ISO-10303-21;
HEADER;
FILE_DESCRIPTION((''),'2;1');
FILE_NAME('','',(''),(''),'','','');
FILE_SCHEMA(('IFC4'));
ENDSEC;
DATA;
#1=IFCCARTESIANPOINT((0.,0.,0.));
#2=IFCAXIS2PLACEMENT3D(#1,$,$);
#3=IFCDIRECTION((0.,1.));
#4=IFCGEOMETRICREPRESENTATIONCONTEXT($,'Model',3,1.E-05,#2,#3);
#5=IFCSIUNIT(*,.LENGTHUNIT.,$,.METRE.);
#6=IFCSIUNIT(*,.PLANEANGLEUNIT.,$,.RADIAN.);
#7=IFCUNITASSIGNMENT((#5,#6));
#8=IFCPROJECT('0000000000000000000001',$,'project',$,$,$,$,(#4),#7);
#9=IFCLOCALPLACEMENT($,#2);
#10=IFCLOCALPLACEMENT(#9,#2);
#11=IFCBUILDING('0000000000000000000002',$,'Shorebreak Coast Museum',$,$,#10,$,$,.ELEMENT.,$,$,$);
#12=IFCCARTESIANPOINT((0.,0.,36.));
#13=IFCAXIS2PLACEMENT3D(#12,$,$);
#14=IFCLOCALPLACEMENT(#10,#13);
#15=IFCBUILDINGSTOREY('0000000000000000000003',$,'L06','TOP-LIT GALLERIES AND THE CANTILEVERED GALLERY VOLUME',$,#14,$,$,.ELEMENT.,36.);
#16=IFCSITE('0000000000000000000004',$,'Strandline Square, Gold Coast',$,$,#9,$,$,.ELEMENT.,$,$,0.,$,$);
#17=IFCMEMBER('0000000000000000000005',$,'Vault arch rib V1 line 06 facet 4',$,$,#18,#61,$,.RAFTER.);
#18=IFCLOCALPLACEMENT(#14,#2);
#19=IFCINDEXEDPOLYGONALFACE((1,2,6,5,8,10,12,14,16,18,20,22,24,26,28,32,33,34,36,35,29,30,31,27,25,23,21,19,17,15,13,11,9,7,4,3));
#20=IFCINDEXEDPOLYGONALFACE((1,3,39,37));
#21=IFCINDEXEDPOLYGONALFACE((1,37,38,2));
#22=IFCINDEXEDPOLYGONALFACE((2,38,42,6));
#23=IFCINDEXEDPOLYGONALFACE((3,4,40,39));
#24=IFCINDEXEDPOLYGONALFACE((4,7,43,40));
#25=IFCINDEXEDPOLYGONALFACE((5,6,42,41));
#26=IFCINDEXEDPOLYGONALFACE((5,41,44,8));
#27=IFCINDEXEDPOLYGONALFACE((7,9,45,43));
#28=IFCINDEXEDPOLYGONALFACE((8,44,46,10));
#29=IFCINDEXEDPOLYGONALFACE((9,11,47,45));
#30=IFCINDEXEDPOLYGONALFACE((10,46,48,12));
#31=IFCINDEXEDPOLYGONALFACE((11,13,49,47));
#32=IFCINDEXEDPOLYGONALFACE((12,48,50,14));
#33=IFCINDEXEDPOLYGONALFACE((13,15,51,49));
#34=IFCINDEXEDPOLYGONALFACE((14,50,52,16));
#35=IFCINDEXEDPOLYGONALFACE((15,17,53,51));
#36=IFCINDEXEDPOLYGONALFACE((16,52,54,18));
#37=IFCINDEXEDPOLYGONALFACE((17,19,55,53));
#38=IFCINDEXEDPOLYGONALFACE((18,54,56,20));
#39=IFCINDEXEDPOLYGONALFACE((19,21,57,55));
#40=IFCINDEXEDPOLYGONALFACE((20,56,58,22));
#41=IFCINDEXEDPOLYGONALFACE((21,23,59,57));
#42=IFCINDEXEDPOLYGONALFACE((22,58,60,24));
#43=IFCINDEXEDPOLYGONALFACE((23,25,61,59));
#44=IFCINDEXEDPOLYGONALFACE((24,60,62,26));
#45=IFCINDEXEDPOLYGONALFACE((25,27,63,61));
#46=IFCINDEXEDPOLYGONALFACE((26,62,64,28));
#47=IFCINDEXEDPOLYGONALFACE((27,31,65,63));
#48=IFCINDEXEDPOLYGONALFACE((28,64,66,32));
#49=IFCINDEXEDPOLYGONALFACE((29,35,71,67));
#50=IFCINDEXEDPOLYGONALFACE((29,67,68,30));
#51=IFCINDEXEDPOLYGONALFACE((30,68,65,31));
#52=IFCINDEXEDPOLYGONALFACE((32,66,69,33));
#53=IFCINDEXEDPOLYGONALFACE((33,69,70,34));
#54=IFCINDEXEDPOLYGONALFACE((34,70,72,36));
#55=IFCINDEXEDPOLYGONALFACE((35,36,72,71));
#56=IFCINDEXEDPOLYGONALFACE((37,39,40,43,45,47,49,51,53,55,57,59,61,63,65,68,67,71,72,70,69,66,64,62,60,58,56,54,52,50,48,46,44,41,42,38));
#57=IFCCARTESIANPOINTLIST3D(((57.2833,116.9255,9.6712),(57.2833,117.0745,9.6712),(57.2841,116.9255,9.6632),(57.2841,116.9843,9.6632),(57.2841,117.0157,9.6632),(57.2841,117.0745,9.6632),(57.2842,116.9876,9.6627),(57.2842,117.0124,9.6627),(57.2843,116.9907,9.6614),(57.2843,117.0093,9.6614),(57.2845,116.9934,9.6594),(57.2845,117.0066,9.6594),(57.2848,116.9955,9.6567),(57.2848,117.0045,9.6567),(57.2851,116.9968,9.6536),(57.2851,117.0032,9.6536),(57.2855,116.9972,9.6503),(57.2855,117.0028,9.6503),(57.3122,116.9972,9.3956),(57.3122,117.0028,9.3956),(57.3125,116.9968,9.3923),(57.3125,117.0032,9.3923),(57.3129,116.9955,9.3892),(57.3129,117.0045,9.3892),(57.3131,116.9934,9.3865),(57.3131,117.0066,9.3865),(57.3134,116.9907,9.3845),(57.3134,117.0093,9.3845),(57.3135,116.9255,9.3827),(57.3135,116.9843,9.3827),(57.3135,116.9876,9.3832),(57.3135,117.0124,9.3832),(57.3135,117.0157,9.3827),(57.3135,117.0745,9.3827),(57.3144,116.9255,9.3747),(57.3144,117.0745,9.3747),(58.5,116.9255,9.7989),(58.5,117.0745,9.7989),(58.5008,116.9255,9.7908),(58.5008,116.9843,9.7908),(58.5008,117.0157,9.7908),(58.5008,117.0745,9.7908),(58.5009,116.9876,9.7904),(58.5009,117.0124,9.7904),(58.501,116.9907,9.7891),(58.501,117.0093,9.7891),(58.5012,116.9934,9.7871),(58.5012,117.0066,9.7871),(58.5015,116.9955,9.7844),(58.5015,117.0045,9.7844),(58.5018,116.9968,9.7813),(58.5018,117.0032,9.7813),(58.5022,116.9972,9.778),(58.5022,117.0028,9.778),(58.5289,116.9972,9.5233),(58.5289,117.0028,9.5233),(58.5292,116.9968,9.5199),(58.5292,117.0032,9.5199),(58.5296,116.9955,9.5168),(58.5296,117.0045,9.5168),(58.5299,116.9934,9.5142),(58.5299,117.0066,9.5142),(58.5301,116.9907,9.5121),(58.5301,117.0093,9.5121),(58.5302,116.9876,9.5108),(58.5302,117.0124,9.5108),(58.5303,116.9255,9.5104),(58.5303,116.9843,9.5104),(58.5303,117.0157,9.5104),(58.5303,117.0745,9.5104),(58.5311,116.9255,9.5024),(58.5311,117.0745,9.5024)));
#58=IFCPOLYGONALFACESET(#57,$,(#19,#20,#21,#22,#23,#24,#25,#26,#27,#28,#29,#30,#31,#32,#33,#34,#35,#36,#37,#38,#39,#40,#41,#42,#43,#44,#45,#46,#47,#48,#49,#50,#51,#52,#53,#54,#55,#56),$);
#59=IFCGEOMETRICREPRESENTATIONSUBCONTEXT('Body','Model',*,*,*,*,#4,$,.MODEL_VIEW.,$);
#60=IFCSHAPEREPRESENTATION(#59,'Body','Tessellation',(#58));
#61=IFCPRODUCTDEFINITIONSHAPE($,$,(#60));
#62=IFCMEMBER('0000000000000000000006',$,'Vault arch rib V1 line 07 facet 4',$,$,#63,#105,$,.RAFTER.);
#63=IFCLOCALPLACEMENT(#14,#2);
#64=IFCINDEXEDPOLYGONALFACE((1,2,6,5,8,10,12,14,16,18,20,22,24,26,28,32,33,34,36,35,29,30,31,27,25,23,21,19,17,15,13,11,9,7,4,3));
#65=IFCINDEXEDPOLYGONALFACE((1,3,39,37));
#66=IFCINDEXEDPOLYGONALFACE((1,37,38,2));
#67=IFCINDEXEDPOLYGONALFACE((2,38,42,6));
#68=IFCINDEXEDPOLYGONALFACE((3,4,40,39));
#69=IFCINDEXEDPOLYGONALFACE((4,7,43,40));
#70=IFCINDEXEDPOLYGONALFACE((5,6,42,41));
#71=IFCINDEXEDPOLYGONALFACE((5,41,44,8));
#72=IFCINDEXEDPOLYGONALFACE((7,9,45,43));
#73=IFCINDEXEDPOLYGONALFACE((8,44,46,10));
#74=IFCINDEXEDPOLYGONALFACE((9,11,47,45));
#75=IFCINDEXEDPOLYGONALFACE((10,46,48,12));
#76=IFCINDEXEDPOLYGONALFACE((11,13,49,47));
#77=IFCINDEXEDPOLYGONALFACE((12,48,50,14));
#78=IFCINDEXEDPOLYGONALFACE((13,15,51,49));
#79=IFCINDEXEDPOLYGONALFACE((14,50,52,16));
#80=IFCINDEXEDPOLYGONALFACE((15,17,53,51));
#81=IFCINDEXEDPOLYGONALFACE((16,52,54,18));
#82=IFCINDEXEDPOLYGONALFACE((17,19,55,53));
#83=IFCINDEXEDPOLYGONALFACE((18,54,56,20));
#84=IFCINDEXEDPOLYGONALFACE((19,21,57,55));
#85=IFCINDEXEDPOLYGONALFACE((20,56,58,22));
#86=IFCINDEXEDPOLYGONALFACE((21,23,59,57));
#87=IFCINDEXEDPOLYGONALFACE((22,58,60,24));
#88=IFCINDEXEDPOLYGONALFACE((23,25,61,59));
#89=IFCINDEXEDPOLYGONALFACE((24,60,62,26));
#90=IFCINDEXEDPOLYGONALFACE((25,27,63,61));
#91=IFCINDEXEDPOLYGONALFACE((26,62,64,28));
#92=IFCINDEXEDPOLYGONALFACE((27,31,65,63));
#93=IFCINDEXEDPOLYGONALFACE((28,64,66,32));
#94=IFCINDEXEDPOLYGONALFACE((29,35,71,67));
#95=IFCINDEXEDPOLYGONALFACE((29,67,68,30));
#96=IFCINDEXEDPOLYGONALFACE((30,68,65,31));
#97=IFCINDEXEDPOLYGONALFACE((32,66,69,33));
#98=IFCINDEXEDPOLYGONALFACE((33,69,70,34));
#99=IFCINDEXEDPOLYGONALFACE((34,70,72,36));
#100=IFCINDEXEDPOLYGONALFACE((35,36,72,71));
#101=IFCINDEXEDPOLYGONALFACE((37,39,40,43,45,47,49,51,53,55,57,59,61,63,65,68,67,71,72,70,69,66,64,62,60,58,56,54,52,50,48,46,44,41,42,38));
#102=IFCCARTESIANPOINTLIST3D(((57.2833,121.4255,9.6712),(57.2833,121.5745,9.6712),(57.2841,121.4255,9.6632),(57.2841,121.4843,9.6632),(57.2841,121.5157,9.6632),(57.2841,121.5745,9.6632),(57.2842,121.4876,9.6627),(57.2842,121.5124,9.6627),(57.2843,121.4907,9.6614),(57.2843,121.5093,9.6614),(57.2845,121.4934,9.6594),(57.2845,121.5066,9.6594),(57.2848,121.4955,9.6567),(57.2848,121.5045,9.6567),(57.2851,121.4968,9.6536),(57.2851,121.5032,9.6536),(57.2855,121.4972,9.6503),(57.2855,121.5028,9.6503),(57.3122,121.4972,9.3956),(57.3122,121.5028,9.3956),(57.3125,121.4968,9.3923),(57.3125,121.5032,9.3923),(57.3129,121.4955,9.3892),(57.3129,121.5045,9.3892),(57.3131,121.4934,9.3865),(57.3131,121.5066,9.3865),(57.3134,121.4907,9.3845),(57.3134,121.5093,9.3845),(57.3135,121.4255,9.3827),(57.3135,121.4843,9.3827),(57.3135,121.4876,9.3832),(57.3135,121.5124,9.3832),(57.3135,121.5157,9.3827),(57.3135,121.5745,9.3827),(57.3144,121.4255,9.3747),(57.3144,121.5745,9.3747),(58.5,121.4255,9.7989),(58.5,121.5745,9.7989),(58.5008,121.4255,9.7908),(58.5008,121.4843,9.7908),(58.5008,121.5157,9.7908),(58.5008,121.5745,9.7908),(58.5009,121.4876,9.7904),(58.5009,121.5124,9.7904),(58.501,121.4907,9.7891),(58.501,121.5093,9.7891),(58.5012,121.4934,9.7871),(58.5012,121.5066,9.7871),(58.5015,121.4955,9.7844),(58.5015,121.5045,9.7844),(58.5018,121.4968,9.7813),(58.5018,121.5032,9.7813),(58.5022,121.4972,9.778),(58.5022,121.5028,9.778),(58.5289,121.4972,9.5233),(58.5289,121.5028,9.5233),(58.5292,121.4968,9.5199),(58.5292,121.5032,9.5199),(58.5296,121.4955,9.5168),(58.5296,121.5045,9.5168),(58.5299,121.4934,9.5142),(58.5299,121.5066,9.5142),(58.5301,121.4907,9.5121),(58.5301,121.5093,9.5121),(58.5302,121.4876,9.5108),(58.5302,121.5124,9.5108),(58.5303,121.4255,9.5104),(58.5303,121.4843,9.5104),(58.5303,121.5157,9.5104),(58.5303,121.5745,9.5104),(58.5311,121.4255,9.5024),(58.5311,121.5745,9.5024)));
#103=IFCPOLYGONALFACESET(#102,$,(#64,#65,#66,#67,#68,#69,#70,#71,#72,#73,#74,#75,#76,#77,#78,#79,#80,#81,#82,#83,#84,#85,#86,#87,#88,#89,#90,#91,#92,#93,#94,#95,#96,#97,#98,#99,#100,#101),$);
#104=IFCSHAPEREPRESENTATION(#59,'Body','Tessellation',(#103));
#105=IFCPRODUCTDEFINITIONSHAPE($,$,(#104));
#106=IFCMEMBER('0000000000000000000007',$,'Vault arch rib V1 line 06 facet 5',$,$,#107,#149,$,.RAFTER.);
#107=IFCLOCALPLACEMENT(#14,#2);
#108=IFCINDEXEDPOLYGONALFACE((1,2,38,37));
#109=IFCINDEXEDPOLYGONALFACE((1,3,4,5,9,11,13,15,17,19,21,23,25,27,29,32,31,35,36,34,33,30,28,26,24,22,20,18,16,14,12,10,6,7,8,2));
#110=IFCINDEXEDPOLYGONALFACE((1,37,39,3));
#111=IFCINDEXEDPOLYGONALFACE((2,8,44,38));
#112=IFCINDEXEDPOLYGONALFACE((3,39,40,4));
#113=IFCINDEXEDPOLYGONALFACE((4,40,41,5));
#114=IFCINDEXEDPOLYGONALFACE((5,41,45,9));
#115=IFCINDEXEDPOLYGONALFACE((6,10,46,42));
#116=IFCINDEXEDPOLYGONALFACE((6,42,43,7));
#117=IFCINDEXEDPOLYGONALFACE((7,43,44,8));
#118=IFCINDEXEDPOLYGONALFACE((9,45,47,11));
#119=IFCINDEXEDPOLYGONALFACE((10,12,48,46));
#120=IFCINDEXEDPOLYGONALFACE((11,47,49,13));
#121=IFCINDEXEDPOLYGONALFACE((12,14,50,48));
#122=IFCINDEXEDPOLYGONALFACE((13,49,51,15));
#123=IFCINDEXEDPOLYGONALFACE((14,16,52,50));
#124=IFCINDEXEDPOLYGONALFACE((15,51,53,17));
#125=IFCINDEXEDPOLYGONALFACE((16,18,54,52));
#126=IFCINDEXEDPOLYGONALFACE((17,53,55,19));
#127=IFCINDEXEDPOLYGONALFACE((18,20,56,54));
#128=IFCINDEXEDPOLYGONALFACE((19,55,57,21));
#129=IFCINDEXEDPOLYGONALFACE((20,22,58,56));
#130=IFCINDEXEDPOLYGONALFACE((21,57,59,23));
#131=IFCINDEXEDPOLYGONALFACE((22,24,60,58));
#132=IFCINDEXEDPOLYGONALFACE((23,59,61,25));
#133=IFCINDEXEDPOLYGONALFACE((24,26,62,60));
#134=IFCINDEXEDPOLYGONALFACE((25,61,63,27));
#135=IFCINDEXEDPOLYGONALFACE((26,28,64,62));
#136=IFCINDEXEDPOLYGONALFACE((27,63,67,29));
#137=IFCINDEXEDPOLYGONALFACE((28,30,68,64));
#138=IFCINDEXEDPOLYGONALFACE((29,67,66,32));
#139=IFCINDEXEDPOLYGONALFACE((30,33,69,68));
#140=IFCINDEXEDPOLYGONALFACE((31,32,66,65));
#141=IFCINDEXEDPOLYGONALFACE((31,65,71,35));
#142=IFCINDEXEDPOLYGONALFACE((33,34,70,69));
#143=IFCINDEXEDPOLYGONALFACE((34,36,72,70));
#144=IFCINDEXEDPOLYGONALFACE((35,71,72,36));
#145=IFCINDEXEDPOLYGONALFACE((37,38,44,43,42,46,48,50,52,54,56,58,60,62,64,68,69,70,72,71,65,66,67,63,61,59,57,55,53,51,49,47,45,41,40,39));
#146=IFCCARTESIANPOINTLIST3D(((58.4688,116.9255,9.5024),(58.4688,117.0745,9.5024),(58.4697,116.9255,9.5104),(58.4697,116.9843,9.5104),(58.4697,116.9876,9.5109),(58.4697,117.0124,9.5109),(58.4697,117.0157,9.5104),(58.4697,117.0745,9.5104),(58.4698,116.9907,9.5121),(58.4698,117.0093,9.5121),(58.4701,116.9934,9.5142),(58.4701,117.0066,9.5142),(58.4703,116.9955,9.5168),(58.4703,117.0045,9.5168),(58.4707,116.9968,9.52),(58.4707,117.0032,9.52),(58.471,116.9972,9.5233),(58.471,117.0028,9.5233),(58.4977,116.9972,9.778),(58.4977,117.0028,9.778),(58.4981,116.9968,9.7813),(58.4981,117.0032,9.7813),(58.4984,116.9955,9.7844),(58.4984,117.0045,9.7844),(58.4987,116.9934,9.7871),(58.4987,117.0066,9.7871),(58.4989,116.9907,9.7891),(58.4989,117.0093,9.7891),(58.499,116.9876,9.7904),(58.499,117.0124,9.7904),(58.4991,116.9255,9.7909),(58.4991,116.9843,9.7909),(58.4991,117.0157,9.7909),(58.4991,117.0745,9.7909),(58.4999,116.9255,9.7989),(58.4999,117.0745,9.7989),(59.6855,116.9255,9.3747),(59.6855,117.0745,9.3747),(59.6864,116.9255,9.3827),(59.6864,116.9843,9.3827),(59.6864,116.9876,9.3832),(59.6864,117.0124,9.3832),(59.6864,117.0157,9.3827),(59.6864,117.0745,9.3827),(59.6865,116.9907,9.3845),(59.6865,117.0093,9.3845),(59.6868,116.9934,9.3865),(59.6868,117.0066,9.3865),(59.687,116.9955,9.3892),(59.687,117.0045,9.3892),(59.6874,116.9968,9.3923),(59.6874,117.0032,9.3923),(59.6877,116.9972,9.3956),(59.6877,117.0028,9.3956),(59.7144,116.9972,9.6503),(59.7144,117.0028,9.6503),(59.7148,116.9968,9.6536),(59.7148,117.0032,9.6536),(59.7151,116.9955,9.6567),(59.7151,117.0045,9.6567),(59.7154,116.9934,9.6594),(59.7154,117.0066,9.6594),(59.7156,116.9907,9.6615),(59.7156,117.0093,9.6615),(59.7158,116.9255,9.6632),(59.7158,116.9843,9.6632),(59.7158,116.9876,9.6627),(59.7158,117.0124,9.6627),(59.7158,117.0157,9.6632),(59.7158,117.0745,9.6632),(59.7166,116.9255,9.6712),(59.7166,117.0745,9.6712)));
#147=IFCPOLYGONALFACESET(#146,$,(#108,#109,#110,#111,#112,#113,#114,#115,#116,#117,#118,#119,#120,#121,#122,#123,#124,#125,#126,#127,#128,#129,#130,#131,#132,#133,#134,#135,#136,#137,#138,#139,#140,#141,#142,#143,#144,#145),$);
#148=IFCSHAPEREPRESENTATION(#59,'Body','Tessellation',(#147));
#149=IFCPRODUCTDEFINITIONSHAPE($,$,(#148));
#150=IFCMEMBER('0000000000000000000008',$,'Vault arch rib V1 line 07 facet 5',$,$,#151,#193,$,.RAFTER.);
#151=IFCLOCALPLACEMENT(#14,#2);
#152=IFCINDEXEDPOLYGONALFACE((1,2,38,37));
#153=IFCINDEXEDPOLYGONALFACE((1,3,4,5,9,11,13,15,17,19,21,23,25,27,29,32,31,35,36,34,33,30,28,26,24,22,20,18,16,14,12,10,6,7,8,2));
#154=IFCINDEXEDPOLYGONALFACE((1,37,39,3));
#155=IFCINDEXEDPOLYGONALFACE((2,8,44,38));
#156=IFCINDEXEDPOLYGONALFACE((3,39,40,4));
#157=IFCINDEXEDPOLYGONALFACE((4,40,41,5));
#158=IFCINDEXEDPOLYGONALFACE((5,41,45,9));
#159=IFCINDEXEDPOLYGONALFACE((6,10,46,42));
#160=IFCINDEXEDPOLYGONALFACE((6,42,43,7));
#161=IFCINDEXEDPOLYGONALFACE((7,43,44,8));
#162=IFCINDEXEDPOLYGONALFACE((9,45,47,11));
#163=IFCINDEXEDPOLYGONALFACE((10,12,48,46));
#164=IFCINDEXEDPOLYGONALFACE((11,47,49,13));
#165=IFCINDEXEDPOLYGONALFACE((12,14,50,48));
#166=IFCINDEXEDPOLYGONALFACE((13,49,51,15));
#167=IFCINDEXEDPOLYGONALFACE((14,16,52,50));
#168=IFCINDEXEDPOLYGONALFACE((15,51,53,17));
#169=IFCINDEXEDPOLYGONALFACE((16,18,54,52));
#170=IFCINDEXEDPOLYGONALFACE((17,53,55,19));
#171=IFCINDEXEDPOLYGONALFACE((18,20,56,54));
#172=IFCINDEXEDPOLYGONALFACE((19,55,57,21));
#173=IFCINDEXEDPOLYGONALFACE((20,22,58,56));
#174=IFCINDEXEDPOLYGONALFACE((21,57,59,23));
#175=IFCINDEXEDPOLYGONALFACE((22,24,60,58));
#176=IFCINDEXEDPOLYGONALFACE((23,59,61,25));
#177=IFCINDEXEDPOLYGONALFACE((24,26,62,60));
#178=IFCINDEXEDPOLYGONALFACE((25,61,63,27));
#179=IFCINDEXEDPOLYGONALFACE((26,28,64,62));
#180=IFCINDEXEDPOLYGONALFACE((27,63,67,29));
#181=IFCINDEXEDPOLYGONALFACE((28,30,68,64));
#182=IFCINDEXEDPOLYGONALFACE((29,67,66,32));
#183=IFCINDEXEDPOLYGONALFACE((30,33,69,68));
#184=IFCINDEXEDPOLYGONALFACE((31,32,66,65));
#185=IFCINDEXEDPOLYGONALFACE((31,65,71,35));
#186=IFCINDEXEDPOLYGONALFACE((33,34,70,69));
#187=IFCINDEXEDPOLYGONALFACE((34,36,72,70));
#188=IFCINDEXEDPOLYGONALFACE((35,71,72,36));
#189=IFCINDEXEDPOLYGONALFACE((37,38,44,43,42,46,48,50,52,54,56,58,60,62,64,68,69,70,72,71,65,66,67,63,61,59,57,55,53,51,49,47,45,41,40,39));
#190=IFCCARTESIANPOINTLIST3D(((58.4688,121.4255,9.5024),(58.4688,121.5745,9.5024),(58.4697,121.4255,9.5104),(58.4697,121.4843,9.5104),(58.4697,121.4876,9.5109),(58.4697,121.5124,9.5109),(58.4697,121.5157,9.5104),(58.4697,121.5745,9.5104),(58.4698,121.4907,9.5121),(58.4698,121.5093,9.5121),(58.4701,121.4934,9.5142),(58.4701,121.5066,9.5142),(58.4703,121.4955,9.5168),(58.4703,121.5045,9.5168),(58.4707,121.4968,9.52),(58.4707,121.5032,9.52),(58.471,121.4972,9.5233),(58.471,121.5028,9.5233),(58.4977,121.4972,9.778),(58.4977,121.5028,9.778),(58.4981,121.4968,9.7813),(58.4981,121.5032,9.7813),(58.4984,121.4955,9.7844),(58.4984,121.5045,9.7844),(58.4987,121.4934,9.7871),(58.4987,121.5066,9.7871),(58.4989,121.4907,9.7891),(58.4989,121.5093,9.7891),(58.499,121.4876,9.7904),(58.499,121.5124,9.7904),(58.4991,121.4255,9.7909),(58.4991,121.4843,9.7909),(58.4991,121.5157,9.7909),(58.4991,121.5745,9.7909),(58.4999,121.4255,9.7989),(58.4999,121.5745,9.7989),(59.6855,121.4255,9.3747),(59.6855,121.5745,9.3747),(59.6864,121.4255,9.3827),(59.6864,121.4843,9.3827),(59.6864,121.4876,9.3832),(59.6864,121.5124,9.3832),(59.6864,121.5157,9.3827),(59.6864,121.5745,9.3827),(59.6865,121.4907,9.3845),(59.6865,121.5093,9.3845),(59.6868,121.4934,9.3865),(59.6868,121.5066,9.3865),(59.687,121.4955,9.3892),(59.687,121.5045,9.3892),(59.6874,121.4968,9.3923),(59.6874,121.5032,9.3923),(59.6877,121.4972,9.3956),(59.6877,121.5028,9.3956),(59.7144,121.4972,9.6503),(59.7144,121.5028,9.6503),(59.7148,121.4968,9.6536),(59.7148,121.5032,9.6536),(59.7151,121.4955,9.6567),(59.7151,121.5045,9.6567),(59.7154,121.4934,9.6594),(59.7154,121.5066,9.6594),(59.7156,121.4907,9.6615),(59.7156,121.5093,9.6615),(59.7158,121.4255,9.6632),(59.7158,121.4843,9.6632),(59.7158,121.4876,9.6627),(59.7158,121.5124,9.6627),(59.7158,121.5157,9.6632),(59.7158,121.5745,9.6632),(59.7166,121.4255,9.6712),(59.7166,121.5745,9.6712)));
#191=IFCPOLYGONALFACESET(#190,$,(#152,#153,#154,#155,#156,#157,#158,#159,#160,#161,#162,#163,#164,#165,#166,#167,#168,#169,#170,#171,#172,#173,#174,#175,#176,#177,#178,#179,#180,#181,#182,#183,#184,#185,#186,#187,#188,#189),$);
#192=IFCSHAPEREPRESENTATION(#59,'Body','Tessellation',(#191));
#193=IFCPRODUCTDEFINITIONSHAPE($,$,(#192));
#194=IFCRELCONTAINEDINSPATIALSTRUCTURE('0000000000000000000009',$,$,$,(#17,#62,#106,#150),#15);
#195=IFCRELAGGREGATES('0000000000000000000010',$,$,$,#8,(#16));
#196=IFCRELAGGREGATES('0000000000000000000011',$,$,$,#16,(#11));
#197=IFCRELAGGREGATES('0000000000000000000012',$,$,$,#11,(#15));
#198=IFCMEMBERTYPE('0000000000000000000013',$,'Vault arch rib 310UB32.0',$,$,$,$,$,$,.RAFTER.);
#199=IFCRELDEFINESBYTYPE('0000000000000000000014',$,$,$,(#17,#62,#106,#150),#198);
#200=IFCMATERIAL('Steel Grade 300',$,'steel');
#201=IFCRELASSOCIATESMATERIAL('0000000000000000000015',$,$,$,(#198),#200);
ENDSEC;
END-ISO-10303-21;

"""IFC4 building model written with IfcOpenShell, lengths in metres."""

from ifc_helpers import new_model, si_unit, direction, frame, origin, origin_2d, place, context, subcontext, project, spatial, i_section, extrude, material, material_profile, profile_set, type_object, element, save


model = new_model("IFC4")

# Units and contexts
model_context = context("Model", 3, precision=1e-05, world=origin(), true_north=direction((0.0, 1.0)))
body_context = subcontext(model_context, "Body", "Model", "MODEL_VIEW")
ifc_project = project(units=[si_unit("LENGTHUNIT", "METRE"), si_unit("PLANEANGLEUNIT", "RADIAN")], contexts=[model_context])

# Site, building, storey
site_placement = place(None, origin())
site = spatial("IfcSite", under=ifc_project, at=site_placement, Name="Strandline Square, Gold Coast", CompositionType="ELEMENT", RefElevation=0.0)
building_placement = place(site_placement, origin())
building = spatial("IfcBuilding", under=site, at=building_placement, Name="Shorebreak Coast Museum", CompositionType="ELEMENT")
storey_placement = place(building_placement, frame((0.0, 0.0, 36.0)))
storey = spatial("IfcBuildingStorey", under=building, at=storey_placement, Name="L06", Description="TOP-LIT GALLERIES AND THE CANTILEVERED GALLERY VOLUME", CompositionType="ELEMENT", Elevation=36.0)

# Members
ifc_material_1 = material(Name="Steel Grade 300", Category="steel")
ifc_material_profile_1 = material_profile(ifc_material_1, i_section(OverallWidth=0.1489, OverallDepth=0.2981, WebThickness=0.0056, FlangeThickness=0.0081, FilletRadius=0.0129, at=origin_2d()), Name="310UB32.0")
ifc_profile_set_1 = profile_set([ifc_material_profile_1], Name="Steel Grade 300")
member_type_1 = type_object("IfcMemberType", Name="Vault arch rib 310UB32.0", PredefinedType="RAFTER", material=ifc_profile_set_1)
for number, where, z_axis, x_axis, name in (
    (1, (57.2988, 117.0, 9.5229), (0.994539, 0.0, 0.104363), (0.0, 1.0, 0.0), "Vault arch rib V1 line 06 facet 4"),
    (2, (57.2988, 121.5, 9.5229), (0.994539, 0.0, 0.104363), (0.0, 1.0, 0.0), "Vault arch rib V1 line 07 facet 4"),
    (3, (58.4844, 117.0, 9.6506), (0.994539, 0.0, -0.104363), (0.0, 1.0, 0.0), "Vault arch rib V1 line 06 facet 5"),
    (4, (58.4844, 121.5, 9.6506), (0.994539, 0.0, -0.104363), (0.0, 1.0, 0.0), "Vault arch rib V1 line 07 facet 5"),
):
    element("IfcMember", number, at=place(storey_placement, frame(where, z_axis=z_axis, x_axis=x_axis)), inside=storey, type_object=member_type_1, Name=name, PredefinedType="RAFTER", context=body_context, shape_type="SweptSolid", body=[
        extrude(i_section(OverallWidth=0.1489, OverallDepth=0.2981, WebThickness=0.0056, FlangeThickness=0.0081, FilletRadius=0.0129, at=origin_2d()), origin(), (0.0, 0.0, 1.0), 1.2234),
    ])

save(model, "model.ifc")
